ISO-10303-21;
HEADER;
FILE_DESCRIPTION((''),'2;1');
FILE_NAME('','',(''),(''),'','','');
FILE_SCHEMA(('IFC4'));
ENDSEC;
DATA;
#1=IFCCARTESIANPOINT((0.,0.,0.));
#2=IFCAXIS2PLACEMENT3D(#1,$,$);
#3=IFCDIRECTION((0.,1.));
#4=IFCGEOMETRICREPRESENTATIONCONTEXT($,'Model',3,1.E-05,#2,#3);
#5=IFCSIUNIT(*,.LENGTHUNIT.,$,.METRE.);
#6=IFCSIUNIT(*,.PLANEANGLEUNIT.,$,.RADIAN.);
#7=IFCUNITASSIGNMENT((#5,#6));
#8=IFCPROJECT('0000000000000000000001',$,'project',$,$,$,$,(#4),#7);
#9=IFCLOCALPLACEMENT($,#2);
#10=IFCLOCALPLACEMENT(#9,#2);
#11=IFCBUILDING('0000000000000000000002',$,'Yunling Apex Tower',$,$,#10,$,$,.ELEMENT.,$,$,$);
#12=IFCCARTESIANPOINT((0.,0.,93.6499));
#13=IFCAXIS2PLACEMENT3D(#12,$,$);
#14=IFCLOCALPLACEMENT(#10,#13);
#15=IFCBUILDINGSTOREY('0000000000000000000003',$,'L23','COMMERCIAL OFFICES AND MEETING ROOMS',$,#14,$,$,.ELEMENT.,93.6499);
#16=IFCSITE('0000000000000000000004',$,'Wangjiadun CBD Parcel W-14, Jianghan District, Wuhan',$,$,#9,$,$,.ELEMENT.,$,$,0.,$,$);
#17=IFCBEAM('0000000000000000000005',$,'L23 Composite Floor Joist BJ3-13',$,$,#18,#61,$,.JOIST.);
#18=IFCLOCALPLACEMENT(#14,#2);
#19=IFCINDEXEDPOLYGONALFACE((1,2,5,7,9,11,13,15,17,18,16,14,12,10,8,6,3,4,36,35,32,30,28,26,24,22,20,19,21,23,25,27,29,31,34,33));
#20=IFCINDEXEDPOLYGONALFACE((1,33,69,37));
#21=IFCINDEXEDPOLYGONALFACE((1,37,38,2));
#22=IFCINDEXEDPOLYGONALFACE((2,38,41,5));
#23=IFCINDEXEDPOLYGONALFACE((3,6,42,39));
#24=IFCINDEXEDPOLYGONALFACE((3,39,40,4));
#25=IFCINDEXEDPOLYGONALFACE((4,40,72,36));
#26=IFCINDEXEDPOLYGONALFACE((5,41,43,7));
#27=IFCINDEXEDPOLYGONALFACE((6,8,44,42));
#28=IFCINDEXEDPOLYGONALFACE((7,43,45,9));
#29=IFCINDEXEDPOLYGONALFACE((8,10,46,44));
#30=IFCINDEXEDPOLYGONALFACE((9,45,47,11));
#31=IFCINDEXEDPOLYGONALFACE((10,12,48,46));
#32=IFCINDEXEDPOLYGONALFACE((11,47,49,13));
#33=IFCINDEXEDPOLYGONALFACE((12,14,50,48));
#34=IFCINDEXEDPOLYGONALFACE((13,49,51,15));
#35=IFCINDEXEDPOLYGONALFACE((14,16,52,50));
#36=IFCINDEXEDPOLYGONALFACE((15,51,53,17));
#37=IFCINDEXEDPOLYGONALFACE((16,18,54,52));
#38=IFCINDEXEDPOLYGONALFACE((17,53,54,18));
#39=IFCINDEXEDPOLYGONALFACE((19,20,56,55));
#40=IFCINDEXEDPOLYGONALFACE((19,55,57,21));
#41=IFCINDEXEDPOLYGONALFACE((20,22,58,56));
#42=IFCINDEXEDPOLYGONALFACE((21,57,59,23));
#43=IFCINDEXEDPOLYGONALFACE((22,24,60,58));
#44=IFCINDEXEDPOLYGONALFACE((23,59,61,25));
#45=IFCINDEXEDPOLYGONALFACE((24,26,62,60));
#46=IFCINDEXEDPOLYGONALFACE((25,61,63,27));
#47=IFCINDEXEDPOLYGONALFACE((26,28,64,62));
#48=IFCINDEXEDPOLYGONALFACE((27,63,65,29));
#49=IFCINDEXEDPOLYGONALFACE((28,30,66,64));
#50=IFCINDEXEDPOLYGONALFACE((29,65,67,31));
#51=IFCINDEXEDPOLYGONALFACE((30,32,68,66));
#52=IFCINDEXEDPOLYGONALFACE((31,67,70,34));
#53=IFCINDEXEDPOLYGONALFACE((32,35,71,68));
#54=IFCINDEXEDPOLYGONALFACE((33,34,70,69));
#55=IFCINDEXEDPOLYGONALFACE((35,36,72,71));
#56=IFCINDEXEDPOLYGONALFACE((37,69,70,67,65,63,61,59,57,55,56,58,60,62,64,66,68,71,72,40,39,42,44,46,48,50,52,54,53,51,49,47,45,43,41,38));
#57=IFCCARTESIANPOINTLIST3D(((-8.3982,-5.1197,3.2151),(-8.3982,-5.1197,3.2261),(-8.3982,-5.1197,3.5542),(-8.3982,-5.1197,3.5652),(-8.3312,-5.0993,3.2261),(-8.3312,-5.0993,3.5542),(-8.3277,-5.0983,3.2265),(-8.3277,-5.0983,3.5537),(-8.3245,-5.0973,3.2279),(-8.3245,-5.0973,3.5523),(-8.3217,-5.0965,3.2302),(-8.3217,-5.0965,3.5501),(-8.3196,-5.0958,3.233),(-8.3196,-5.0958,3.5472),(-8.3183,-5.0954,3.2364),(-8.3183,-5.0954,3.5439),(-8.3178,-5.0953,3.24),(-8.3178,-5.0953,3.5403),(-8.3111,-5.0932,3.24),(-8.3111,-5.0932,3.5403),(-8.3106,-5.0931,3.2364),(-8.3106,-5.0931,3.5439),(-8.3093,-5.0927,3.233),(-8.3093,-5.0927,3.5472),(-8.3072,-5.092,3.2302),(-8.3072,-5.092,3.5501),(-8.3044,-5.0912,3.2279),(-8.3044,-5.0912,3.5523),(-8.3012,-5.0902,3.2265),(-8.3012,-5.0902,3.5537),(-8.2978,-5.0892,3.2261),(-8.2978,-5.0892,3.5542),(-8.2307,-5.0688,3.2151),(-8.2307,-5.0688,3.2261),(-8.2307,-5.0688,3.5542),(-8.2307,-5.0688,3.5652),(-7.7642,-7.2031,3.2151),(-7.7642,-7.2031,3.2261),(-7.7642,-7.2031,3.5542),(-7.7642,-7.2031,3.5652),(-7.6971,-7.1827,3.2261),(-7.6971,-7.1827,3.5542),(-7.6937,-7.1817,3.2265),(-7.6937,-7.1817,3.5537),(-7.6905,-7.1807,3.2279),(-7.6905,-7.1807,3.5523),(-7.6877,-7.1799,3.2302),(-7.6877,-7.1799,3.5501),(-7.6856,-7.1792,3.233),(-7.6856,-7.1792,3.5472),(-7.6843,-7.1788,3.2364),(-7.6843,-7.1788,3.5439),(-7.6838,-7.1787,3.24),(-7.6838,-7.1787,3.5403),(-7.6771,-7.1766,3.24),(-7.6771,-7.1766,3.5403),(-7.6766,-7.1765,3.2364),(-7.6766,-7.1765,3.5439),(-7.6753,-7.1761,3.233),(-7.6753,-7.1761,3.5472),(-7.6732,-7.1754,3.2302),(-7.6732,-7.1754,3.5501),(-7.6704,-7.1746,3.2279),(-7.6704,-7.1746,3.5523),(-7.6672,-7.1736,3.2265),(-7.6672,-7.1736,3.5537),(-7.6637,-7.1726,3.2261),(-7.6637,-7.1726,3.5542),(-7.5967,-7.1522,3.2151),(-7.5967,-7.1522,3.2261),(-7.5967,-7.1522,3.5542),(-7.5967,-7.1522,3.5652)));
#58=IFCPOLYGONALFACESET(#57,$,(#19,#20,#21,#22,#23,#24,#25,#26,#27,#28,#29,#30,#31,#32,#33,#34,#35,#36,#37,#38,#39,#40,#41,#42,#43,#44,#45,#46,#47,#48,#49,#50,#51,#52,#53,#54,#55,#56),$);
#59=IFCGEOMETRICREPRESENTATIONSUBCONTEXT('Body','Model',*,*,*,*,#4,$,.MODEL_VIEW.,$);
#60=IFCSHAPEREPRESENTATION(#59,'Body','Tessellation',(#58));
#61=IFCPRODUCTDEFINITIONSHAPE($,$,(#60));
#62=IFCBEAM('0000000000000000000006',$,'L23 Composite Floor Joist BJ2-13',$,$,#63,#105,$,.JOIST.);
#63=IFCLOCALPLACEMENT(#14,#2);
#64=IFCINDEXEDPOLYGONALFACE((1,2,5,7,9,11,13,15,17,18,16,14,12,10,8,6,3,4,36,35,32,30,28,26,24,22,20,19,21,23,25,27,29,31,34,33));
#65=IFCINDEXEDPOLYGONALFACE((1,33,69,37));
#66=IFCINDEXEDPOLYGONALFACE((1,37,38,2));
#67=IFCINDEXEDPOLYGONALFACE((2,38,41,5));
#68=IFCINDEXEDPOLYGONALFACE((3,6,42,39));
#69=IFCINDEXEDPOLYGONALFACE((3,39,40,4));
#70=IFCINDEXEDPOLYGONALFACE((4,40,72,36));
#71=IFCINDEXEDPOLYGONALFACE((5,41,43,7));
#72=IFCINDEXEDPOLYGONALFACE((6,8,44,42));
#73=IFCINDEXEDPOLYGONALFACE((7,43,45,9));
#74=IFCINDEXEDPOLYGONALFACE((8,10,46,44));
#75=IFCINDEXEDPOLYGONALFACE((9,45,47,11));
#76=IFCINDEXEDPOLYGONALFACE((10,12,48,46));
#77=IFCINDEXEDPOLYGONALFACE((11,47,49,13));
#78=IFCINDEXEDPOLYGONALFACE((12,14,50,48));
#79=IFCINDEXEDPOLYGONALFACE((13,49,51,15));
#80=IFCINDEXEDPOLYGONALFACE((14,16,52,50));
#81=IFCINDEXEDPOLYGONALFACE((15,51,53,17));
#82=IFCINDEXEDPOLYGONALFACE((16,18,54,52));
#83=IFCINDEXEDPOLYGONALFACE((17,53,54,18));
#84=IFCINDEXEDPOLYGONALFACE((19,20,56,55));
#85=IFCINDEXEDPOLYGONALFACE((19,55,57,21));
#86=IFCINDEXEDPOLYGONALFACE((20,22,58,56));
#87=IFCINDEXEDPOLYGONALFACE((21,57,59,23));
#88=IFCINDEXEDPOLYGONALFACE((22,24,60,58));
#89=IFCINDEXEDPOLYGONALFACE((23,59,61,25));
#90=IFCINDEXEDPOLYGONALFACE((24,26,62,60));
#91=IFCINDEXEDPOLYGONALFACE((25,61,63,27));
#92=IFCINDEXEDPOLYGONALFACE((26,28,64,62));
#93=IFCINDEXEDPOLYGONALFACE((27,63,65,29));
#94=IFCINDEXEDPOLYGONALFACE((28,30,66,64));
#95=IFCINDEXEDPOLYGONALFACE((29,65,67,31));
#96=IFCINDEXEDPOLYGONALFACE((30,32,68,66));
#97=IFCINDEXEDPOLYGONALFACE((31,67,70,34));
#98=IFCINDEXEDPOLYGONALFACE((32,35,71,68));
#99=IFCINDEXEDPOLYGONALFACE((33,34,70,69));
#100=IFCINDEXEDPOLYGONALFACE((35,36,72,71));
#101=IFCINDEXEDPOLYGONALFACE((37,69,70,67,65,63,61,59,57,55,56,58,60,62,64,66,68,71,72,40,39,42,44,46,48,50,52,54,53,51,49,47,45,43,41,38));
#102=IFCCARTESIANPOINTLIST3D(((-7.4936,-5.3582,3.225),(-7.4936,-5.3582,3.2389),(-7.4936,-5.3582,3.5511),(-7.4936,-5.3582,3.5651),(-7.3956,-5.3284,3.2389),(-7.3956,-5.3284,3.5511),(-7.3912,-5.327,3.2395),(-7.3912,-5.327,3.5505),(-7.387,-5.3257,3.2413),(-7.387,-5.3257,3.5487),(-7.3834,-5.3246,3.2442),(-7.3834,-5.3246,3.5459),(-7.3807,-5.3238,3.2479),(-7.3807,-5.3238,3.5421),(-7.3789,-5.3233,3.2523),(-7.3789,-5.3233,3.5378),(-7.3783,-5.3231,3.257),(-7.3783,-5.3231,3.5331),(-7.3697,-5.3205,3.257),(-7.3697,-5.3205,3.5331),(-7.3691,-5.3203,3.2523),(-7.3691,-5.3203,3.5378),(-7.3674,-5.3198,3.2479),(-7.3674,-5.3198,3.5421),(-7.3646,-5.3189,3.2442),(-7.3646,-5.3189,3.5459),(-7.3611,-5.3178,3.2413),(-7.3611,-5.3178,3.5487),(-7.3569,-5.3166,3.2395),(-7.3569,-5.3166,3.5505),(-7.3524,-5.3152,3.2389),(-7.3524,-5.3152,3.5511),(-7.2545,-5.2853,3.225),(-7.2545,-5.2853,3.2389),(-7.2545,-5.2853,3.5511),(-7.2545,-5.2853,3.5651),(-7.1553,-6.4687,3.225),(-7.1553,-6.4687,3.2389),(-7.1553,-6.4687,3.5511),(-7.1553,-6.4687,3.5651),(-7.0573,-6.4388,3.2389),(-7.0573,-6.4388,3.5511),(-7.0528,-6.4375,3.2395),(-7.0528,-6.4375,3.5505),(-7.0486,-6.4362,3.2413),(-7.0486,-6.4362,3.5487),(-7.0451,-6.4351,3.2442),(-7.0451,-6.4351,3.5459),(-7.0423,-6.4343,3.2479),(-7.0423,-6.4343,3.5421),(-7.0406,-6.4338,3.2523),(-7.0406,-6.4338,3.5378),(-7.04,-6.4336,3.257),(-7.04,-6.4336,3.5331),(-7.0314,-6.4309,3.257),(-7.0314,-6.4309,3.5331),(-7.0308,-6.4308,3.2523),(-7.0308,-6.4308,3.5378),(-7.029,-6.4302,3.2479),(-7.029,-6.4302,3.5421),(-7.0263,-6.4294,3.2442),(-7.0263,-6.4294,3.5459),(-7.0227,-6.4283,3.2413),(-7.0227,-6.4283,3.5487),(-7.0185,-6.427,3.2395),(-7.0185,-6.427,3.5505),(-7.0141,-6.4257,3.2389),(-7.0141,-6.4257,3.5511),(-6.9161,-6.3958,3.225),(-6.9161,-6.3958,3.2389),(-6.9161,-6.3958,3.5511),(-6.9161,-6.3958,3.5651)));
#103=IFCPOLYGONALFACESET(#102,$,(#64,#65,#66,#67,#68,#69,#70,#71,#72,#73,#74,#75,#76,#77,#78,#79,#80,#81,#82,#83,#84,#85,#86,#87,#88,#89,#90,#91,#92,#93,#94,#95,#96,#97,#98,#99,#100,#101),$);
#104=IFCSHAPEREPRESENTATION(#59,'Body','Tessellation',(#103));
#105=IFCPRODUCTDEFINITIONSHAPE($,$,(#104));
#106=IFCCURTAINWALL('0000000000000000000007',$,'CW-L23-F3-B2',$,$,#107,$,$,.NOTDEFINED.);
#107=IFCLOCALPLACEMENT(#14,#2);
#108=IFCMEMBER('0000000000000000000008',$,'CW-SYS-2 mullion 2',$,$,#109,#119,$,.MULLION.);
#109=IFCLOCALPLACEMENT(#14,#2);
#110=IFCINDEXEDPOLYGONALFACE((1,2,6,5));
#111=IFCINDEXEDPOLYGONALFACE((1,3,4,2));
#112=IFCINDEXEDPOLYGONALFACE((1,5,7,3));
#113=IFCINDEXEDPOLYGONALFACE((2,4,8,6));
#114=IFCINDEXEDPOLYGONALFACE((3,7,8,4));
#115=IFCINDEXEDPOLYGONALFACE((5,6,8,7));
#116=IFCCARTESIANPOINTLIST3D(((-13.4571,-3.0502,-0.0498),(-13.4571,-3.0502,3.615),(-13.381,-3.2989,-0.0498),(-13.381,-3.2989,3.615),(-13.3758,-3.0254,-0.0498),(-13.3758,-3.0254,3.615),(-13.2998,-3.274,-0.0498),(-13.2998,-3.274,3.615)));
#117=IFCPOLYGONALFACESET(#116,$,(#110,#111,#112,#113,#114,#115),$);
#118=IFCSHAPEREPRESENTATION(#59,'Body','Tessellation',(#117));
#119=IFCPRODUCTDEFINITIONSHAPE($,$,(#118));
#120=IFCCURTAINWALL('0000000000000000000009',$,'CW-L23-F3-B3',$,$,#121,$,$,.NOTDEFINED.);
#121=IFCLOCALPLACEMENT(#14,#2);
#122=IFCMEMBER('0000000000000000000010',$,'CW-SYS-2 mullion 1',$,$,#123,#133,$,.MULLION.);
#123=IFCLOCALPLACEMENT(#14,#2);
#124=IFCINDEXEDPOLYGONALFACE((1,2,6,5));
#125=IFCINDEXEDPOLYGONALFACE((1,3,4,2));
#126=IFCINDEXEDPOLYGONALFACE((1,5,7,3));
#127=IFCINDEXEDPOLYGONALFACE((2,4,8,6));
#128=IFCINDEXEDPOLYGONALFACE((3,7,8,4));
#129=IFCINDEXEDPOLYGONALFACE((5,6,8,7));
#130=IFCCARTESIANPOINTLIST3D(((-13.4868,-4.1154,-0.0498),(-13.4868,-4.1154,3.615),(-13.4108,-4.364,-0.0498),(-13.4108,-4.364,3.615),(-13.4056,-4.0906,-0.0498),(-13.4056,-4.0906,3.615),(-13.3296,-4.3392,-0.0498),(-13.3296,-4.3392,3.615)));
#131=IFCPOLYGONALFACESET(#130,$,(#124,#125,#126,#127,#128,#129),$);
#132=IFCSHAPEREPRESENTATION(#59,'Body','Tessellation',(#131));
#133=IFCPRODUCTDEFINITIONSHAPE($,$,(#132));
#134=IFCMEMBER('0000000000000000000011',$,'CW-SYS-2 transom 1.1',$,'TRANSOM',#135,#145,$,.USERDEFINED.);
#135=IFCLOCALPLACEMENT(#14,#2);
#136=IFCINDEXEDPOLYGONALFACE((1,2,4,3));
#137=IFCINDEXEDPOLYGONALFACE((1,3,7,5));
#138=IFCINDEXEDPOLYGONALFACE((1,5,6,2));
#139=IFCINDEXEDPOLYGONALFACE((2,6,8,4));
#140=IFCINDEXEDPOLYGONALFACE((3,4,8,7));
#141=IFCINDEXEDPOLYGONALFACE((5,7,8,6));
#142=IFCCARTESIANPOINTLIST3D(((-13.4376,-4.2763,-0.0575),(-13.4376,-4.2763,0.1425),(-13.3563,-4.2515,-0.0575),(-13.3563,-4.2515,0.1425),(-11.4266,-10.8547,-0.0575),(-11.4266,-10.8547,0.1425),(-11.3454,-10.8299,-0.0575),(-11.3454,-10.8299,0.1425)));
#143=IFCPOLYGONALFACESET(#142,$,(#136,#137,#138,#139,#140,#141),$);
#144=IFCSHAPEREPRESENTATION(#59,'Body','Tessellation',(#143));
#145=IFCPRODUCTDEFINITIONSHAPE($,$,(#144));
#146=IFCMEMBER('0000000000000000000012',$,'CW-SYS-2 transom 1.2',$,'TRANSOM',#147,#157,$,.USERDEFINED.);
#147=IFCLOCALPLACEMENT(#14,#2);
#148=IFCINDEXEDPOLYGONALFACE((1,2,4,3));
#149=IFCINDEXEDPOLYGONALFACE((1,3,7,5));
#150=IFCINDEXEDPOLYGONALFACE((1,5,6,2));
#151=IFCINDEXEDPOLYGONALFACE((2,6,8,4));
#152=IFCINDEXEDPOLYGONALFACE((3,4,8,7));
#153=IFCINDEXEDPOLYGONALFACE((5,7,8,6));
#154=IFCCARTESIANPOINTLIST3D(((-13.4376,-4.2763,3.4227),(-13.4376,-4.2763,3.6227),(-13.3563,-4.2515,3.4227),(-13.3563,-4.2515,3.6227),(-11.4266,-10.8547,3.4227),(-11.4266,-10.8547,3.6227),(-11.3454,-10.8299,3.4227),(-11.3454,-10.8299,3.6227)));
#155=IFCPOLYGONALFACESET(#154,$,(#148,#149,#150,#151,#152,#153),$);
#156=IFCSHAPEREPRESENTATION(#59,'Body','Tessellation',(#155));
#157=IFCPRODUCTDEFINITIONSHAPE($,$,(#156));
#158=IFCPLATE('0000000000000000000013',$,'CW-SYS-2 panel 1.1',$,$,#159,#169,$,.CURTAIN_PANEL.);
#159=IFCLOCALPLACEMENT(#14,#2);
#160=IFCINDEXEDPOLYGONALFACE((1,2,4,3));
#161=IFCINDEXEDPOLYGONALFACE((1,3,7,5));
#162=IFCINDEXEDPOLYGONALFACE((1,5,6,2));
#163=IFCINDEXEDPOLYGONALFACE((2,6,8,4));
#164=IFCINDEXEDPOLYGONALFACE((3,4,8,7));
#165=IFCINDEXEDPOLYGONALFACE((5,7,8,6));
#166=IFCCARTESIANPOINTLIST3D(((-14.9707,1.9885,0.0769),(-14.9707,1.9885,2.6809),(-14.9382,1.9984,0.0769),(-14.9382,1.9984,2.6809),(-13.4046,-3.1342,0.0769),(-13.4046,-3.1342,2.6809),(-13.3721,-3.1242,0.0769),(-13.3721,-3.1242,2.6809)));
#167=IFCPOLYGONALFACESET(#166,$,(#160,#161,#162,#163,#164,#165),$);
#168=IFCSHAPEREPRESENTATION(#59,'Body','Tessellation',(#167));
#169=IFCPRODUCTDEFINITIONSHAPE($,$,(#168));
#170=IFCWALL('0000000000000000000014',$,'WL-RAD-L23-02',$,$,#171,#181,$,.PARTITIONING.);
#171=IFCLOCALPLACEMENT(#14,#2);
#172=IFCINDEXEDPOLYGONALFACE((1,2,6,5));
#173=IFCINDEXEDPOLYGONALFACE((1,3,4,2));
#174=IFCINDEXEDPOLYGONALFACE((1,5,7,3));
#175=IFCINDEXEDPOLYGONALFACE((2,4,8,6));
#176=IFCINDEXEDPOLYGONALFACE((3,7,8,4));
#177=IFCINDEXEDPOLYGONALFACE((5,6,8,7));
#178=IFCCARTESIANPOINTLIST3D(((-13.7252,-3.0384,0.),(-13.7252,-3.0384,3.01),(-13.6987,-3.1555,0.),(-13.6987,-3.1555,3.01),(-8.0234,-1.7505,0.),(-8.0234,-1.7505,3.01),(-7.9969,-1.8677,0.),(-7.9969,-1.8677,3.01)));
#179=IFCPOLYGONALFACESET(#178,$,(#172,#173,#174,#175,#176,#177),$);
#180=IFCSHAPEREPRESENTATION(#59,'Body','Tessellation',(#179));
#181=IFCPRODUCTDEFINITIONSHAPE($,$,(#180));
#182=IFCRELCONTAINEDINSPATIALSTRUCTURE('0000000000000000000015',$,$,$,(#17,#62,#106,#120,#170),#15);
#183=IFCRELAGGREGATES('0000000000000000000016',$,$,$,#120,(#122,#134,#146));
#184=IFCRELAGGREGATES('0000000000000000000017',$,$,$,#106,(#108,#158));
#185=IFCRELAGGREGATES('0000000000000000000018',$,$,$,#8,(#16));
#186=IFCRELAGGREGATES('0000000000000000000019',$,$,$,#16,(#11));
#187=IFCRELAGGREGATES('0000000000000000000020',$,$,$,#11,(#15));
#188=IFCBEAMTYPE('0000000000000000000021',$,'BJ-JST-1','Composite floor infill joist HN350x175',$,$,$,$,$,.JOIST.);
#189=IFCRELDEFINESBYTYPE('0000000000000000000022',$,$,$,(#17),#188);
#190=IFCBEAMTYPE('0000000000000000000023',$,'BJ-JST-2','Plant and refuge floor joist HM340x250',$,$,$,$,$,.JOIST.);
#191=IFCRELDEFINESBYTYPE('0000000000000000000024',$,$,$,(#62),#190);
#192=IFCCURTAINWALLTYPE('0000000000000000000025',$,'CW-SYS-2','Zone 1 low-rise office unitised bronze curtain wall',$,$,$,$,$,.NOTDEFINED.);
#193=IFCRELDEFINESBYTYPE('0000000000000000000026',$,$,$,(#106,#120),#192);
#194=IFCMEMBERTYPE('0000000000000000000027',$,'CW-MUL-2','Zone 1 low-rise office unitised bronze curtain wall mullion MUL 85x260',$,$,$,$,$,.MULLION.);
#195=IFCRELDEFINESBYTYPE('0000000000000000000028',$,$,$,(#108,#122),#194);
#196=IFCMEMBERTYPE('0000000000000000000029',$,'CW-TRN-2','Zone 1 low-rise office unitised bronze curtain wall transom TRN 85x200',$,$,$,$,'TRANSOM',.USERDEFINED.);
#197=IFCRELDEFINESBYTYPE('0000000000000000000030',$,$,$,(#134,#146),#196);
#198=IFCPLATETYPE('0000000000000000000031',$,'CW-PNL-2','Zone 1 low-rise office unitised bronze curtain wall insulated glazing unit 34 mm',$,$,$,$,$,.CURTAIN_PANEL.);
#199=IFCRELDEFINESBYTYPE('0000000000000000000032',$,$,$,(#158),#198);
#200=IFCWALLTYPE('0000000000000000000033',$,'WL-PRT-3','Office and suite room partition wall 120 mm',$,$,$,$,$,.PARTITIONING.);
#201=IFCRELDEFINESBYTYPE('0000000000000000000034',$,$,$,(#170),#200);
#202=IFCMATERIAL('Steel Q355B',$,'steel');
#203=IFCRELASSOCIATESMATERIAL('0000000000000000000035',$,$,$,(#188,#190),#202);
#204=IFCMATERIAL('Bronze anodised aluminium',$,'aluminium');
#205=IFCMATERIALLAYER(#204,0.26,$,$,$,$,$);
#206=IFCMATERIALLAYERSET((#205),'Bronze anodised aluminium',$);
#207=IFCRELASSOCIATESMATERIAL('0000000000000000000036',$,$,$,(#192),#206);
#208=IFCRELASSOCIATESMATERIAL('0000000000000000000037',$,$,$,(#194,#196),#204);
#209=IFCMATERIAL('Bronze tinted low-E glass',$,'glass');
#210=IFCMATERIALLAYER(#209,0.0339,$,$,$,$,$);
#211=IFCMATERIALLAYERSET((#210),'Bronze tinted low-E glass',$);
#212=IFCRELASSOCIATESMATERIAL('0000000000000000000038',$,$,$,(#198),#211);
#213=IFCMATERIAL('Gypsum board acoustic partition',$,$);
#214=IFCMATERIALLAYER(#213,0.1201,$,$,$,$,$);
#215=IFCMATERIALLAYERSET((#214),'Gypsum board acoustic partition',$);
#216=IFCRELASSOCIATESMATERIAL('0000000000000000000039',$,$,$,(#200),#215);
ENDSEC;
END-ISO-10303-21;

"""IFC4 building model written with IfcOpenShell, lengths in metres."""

from ifc_helpers import new_model, si_unit, direction, frame, frame_2d, origin, origin_2d, place, context, subcontext, project, spatial, rectangle, i_section, extrude, source, transform, mapped, material, layer, layer_set, material_profile, profile_set, type_object, element, aggregate, save


model = new_model("IFC4")

# Units and contexts
model_context = context("Model", 3, precision=1e-05, world=origin(), true_north=direction((0.0, 1.0)))
body_context = subcontext(model_context, "Body", "Model", "MODEL_VIEW")
ifc_project = project(units=[si_unit("LENGTHUNIT", "METRE"), si_unit("PLANEANGLEUNIT", "RADIAN")], contexts=[model_context])

# Site, building, storey
site_placement = place(None, origin())
site = spatial("IfcSite", under=ifc_project, at=site_placement, Name="Wangjiadun CBD Parcel W-14, Jianghan District, Wuhan", CompositionType="ELEMENT", RefElevation=0.0)
building_placement = place(site_placement, origin())
building = spatial("IfcBuilding", under=site, at=building_placement, Name="Yunling Apex Tower", CompositionType="ELEMENT")
storey_placement = place(building_placement, frame((0.0, 0.0, 93.6499)))
storey = spatial("IfcBuildingStorey", under=building, at=storey_placement, Name="L23", Description="COMMERCIAL OFFICES AND MEETING ROOMS", CompositionType="ELEMENT", Elevation=93.6499)

# Beams
ifc_material_1 = material(Name="Steel Q355B", Category="steel")
ifc_material_profile_1 = material_profile(ifc_material_1, i_section(OverallWidth=0.175, OverallDepth=0.3501, WebThickness=0.0071, FlangeThickness=0.011, FilletRadius=0.0139, at=origin_2d()))
ifc_profile_set_1 = profile_set([ifc_material_profile_1], Name="Steel Q355B")
beam_type_1 = type_object("IfcBeamType", Name="BJ-JST-1", Description="Composite floor infill joist HN350x175", PredefinedType="JOIST", material=ifc_profile_set_1)
shared_shape_1 = source(origin(), body_context, "Body", "SweptSolid", [
    extrude(i_section(OverallWidth=0.175, OverallDepth=0.3501, WebThickness=0.0071, FlangeThickness=0.011, FilletRadius=0.0139, at=origin_2d()), origin(), (0.0, 0.0, 1.0), 2.1777),
])
beam_1_placement = place(storey_placement, frame((-8.3145, -5.0942, 3.3901), z_axis=(0.29113, -0.956683, 0.0), x_axis=(0.956683, 0.29113, 0.0)))
element("IfcBeam", 1, at=beam_1_placement, inside=storey, type_object=beam_type_1, Name="L23 Composite Floor Joist BJ3-13", PredefinedType="JOIST", context=body_context, shape_type="MappedRepresentation", body=[
    mapped(shared_shape_1, transform((0.0, 0.0, 0.0), scale=1.0)),
])
ifc_material_profile_2 = material_profile(ifc_material_1, i_section(OverallWidth=0.25, OverallDepth=0.3401, WebThickness=0.009, FlangeThickness=0.0139, FilletRadius=0.0181, at=origin_2d()))
ifc_profile_set_2 = profile_set([ifc_material_profile_2], Name="Steel Q355B")
beam_type_2 = type_object("IfcBeamType", Name="BJ-JST-2", Description="Plant and refuge floor joist HM340x250", PredefinedType="JOIST", material=ifc_profile_set_2)
shared_shape_2 = source(origin(), body_context, "Body", "SweptSolid", [
    extrude(i_section(OverallWidth=0.25, OverallDepth=0.3401, WebThickness=0.009, FlangeThickness=0.0139, FilletRadius=0.0181, at=origin_2d()), origin(), (0.0, 0.0, 1.0), 1.1609),
])
beam_2_placement = place(storey_placement, frame((-7.374, -5.3218, 3.395), z_axis=(0.291454, -0.956585, 0.0), x_axis=(0.956585, 0.291454, 0.0)))
element("IfcBeam", 2, at=beam_2_placement, inside=storey, type_object=beam_type_2, Name="L23 Composite Floor Joist BJ2-13", PredefinedType="JOIST", context=body_context, shape_type="MappedRepresentation", body=[
    mapped(shared_shape_2, transform((0.0, 0.0, 0.0), scale=1.0)),
])

# Curtain wall, member
ifc_material_2 = material(Name="Bronze anodised aluminium", Category="aluminium")
ifc_layer_1 = layer(ifc_material_2, 0.26)
ifc_layer_set_1 = layer_set([ifc_layer_1], Name="Bronze anodised aluminium")
curtain_wall_type = type_object("IfcCurtainWallType", Name="CW-SYS-2", Description="Zone 1 low-rise office unitised bronze curtain wall", PredefinedType="NOTDEFINED", material=ifc_layer_set_1)
curtain_wall_1_placement = place(storey_placement, origin())
curtain_wall_1 = element("IfcCurtainWall", 3, at=curtain_wall_1_placement, inside=storey, type_object=curtain_wall_type, Name="CW-L23-F3-B2", PredefinedType="NOTDEFINED")
ifc_material_profile_3 = material_profile(ifc_material_2, rectangle(XDim=0.085, YDim=0.26, at=origin_2d()))
ifc_profile_set_3 = profile_set([ifc_material_profile_3], Name="Bronze anodised aluminium")
member_type_1 = type_object("IfcMemberType", Name="CW-MUL-2", Description="Zone 1 low-rise office unitised bronze curtain wall mullion MUL 85x260", PredefinedType="MULLION", material=ifc_profile_set_3)
shared_shape_3 = source(origin(), body_context, "Body", "SweptSolid", [
    extrude(rectangle(XDim=0.085, YDim=0.26, at=origin_2d()), origin(), (0.0, 0.0, 1.0), 3.6648),
])
member_1_placement = place(storey_placement, frame((-13.3784, -3.1621, -0.0498), z_axis=(0.0, 0.0, 1.0), x_axis=(0.956307, 0.292364, 0.0)))
member_1 = element("IfcMember", 4, at=member_1_placement, type_object=member_type_1, Name="CW-SYS-2 mullion 2", PredefinedType="MULLION", context=body_context, shape_type="MappedRepresentation", body=[
    mapped(shared_shape_3, transform((0.0, 0.0, 0.0), scale=1.0)),
])

# Curtain wall, members
curtain_wall_2_placement = place(storey_placement, origin())
curtain_wall_2 = element("IfcCurtainWall", 5, at=curtain_wall_2_placement, inside=storey, type_object=curtain_wall_type, Name="CW-L23-F3-B3", PredefinedType="NOTDEFINED")
member_2_placement = place(storey_placement, frame((-13.4082, -4.2273, -0.0498), z_axis=(0.0, 0.0, 1.0), x_axis=(0.956304, 0.292373, 0.0)))
member_2 = element("IfcMember", 6, at=member_2_placement, type_object=member_type_1, Name="CW-SYS-2 mullion 1", PredefinedType="MULLION", context=body_context, shape_type="MappedRepresentation", body=[
    mapped(shared_shape_3, transform((0.0, 0.0, 0.0), scale=1.0)),
])
ifc_material_profile_4 = material_profile(ifc_material_2, rectangle(XDim=0.085, YDim=0.2, at=origin_2d()))
ifc_profile_set_4 = profile_set([ifc_material_profile_4], Name="Bronze anodised aluminium")
member_type_2 = type_object("IfcMemberType", Name="CW-TRN-2", Description="Zone 1 low-rise office unitised bronze curtain wall transom TRN 85x200", ElementType="TRANSOM", PredefinedType="USERDEFINED", material=ifc_profile_set_4)
shared_shape_4 = source(origin(), body_context, "Body", "SweptSolid", [
    extrude(rectangle(XDim=0.085, YDim=0.2, at=origin_2d()), origin(), (0.0, 0.0, 1.0), 6.8789),
])
member_3_placement = place(storey_placement, frame((-13.397, -4.2639, 0.0425), z_axis=(0.292342, -0.956314, 0.0), x_axis=(0.956314, 0.292342, 0.0)))
member_3 = element("IfcMember", 7, at=member_3_placement, type_object=member_type_2, Name="CW-SYS-2 transom 1.1", ObjectType="TRANSOM", PredefinedType="USERDEFINED", context=body_context, shape_type="MappedRepresentation", body=[
    mapped(shared_shape_4, transform((0.0, 0.0, 0.0), scale=1.0)),
])
member_4_placement = place(storey_placement, frame((-13.397, -4.2639, 3.5227), z_axis=(0.292342, -0.956314, 0.0), x_axis=(0.956314, 0.292342, 0.0)))
member_4 = element("IfcMember", 8, at=member_4_placement, type_object=member_type_2, Name="CW-SYS-2 transom 1.2", ObjectType="TRANSOM", PredefinedType="USERDEFINED", context=body_context, shape_type="MappedRepresentation", body=[
    mapped(shared_shape_4, transform((0.0, 0.0, 0.0), scale=1.0)),
])
aggregate(curtain_wall_2, [member_2, member_3, member_4])

# Plate
ifc_material_3 = material(Name="Bronze tinted low-E glass", Category="glass")
ifc_layer_2 = layer(ifc_material_3, 0.0339)
ifc_layer_set_2 = layer_set([ifc_layer_2], Name="Bronze tinted low-E glass")
plate_type = type_object("IfcPlateType", Name="CW-PNL-2", Description="Zone 1 low-rise office unitised bronze curtain wall insulated glazing unit 34 mm", PredefinedType="CURTAIN_PANEL", material=ifc_layer_set_2)
shared_shape_5 = source(origin(), body_context, "Body", "SweptSolid", [
    extrude(rectangle(XDim=5.3567, YDim=0.0339, at=origin_2d()), origin(), (0.0, 0.0, 1.0), 2.604),
])
plate_placement = place(storey_placement, frame((-14.1714, -0.5679, 0.0769), z_axis=(0.0, 0.0, 1.0), x_axis=(0.292364, -0.956307, 0.0)))
plate = element("IfcPlate", 9, at=plate_placement, type_object=plate_type, Name="CW-SYS-2 panel 1.1", PredefinedType="CURTAIN_PANEL", context=body_context, shape_type="MappedRepresentation", body=[
    mapped(shared_shape_5, transform((0.0, 0.0, 0.0), scale=1.0)),
])
aggregate(curtain_wall_1, [member_1, plate])

# Wall
ifc_material_4 = material(Name="Gypsum board acoustic partition")
ifc_layer_3 = layer(ifc_material_4, 0.1201)
ifc_layer_set_3 = layer_set([ifc_layer_3], Name="Gypsum board acoustic partition")
wall_type_1 = type_object("IfcWallType", Name="WL-PRT-3", Description="Office and suite room partition wall 120 mm", PredefinedType="PARTITIONING", material=ifc_layer_set_3)
wall_1_placement = place(storey_placement, frame((-8.01, -1.8091, 0.0), z_axis=(0.0, 0.0, 1.0), x_axis=(-0.975429, -0.220312, 0.0)))
element("IfcWall", 10, at=wall_1_placement, inside=storey, type_object=wall_type_1, Name="WL-RAD-L23-02", PredefinedType="PARTITIONING", context=body_context, shape_type="SweptSolid", body=[
    extrude(rectangle(XDim=5.8455, YDim=0.1201, at=frame_2d((2.9229, 0.0))), origin(), (0.0, 0.0, 1.0), 3.01),
])

save(model, "model.ifc")
